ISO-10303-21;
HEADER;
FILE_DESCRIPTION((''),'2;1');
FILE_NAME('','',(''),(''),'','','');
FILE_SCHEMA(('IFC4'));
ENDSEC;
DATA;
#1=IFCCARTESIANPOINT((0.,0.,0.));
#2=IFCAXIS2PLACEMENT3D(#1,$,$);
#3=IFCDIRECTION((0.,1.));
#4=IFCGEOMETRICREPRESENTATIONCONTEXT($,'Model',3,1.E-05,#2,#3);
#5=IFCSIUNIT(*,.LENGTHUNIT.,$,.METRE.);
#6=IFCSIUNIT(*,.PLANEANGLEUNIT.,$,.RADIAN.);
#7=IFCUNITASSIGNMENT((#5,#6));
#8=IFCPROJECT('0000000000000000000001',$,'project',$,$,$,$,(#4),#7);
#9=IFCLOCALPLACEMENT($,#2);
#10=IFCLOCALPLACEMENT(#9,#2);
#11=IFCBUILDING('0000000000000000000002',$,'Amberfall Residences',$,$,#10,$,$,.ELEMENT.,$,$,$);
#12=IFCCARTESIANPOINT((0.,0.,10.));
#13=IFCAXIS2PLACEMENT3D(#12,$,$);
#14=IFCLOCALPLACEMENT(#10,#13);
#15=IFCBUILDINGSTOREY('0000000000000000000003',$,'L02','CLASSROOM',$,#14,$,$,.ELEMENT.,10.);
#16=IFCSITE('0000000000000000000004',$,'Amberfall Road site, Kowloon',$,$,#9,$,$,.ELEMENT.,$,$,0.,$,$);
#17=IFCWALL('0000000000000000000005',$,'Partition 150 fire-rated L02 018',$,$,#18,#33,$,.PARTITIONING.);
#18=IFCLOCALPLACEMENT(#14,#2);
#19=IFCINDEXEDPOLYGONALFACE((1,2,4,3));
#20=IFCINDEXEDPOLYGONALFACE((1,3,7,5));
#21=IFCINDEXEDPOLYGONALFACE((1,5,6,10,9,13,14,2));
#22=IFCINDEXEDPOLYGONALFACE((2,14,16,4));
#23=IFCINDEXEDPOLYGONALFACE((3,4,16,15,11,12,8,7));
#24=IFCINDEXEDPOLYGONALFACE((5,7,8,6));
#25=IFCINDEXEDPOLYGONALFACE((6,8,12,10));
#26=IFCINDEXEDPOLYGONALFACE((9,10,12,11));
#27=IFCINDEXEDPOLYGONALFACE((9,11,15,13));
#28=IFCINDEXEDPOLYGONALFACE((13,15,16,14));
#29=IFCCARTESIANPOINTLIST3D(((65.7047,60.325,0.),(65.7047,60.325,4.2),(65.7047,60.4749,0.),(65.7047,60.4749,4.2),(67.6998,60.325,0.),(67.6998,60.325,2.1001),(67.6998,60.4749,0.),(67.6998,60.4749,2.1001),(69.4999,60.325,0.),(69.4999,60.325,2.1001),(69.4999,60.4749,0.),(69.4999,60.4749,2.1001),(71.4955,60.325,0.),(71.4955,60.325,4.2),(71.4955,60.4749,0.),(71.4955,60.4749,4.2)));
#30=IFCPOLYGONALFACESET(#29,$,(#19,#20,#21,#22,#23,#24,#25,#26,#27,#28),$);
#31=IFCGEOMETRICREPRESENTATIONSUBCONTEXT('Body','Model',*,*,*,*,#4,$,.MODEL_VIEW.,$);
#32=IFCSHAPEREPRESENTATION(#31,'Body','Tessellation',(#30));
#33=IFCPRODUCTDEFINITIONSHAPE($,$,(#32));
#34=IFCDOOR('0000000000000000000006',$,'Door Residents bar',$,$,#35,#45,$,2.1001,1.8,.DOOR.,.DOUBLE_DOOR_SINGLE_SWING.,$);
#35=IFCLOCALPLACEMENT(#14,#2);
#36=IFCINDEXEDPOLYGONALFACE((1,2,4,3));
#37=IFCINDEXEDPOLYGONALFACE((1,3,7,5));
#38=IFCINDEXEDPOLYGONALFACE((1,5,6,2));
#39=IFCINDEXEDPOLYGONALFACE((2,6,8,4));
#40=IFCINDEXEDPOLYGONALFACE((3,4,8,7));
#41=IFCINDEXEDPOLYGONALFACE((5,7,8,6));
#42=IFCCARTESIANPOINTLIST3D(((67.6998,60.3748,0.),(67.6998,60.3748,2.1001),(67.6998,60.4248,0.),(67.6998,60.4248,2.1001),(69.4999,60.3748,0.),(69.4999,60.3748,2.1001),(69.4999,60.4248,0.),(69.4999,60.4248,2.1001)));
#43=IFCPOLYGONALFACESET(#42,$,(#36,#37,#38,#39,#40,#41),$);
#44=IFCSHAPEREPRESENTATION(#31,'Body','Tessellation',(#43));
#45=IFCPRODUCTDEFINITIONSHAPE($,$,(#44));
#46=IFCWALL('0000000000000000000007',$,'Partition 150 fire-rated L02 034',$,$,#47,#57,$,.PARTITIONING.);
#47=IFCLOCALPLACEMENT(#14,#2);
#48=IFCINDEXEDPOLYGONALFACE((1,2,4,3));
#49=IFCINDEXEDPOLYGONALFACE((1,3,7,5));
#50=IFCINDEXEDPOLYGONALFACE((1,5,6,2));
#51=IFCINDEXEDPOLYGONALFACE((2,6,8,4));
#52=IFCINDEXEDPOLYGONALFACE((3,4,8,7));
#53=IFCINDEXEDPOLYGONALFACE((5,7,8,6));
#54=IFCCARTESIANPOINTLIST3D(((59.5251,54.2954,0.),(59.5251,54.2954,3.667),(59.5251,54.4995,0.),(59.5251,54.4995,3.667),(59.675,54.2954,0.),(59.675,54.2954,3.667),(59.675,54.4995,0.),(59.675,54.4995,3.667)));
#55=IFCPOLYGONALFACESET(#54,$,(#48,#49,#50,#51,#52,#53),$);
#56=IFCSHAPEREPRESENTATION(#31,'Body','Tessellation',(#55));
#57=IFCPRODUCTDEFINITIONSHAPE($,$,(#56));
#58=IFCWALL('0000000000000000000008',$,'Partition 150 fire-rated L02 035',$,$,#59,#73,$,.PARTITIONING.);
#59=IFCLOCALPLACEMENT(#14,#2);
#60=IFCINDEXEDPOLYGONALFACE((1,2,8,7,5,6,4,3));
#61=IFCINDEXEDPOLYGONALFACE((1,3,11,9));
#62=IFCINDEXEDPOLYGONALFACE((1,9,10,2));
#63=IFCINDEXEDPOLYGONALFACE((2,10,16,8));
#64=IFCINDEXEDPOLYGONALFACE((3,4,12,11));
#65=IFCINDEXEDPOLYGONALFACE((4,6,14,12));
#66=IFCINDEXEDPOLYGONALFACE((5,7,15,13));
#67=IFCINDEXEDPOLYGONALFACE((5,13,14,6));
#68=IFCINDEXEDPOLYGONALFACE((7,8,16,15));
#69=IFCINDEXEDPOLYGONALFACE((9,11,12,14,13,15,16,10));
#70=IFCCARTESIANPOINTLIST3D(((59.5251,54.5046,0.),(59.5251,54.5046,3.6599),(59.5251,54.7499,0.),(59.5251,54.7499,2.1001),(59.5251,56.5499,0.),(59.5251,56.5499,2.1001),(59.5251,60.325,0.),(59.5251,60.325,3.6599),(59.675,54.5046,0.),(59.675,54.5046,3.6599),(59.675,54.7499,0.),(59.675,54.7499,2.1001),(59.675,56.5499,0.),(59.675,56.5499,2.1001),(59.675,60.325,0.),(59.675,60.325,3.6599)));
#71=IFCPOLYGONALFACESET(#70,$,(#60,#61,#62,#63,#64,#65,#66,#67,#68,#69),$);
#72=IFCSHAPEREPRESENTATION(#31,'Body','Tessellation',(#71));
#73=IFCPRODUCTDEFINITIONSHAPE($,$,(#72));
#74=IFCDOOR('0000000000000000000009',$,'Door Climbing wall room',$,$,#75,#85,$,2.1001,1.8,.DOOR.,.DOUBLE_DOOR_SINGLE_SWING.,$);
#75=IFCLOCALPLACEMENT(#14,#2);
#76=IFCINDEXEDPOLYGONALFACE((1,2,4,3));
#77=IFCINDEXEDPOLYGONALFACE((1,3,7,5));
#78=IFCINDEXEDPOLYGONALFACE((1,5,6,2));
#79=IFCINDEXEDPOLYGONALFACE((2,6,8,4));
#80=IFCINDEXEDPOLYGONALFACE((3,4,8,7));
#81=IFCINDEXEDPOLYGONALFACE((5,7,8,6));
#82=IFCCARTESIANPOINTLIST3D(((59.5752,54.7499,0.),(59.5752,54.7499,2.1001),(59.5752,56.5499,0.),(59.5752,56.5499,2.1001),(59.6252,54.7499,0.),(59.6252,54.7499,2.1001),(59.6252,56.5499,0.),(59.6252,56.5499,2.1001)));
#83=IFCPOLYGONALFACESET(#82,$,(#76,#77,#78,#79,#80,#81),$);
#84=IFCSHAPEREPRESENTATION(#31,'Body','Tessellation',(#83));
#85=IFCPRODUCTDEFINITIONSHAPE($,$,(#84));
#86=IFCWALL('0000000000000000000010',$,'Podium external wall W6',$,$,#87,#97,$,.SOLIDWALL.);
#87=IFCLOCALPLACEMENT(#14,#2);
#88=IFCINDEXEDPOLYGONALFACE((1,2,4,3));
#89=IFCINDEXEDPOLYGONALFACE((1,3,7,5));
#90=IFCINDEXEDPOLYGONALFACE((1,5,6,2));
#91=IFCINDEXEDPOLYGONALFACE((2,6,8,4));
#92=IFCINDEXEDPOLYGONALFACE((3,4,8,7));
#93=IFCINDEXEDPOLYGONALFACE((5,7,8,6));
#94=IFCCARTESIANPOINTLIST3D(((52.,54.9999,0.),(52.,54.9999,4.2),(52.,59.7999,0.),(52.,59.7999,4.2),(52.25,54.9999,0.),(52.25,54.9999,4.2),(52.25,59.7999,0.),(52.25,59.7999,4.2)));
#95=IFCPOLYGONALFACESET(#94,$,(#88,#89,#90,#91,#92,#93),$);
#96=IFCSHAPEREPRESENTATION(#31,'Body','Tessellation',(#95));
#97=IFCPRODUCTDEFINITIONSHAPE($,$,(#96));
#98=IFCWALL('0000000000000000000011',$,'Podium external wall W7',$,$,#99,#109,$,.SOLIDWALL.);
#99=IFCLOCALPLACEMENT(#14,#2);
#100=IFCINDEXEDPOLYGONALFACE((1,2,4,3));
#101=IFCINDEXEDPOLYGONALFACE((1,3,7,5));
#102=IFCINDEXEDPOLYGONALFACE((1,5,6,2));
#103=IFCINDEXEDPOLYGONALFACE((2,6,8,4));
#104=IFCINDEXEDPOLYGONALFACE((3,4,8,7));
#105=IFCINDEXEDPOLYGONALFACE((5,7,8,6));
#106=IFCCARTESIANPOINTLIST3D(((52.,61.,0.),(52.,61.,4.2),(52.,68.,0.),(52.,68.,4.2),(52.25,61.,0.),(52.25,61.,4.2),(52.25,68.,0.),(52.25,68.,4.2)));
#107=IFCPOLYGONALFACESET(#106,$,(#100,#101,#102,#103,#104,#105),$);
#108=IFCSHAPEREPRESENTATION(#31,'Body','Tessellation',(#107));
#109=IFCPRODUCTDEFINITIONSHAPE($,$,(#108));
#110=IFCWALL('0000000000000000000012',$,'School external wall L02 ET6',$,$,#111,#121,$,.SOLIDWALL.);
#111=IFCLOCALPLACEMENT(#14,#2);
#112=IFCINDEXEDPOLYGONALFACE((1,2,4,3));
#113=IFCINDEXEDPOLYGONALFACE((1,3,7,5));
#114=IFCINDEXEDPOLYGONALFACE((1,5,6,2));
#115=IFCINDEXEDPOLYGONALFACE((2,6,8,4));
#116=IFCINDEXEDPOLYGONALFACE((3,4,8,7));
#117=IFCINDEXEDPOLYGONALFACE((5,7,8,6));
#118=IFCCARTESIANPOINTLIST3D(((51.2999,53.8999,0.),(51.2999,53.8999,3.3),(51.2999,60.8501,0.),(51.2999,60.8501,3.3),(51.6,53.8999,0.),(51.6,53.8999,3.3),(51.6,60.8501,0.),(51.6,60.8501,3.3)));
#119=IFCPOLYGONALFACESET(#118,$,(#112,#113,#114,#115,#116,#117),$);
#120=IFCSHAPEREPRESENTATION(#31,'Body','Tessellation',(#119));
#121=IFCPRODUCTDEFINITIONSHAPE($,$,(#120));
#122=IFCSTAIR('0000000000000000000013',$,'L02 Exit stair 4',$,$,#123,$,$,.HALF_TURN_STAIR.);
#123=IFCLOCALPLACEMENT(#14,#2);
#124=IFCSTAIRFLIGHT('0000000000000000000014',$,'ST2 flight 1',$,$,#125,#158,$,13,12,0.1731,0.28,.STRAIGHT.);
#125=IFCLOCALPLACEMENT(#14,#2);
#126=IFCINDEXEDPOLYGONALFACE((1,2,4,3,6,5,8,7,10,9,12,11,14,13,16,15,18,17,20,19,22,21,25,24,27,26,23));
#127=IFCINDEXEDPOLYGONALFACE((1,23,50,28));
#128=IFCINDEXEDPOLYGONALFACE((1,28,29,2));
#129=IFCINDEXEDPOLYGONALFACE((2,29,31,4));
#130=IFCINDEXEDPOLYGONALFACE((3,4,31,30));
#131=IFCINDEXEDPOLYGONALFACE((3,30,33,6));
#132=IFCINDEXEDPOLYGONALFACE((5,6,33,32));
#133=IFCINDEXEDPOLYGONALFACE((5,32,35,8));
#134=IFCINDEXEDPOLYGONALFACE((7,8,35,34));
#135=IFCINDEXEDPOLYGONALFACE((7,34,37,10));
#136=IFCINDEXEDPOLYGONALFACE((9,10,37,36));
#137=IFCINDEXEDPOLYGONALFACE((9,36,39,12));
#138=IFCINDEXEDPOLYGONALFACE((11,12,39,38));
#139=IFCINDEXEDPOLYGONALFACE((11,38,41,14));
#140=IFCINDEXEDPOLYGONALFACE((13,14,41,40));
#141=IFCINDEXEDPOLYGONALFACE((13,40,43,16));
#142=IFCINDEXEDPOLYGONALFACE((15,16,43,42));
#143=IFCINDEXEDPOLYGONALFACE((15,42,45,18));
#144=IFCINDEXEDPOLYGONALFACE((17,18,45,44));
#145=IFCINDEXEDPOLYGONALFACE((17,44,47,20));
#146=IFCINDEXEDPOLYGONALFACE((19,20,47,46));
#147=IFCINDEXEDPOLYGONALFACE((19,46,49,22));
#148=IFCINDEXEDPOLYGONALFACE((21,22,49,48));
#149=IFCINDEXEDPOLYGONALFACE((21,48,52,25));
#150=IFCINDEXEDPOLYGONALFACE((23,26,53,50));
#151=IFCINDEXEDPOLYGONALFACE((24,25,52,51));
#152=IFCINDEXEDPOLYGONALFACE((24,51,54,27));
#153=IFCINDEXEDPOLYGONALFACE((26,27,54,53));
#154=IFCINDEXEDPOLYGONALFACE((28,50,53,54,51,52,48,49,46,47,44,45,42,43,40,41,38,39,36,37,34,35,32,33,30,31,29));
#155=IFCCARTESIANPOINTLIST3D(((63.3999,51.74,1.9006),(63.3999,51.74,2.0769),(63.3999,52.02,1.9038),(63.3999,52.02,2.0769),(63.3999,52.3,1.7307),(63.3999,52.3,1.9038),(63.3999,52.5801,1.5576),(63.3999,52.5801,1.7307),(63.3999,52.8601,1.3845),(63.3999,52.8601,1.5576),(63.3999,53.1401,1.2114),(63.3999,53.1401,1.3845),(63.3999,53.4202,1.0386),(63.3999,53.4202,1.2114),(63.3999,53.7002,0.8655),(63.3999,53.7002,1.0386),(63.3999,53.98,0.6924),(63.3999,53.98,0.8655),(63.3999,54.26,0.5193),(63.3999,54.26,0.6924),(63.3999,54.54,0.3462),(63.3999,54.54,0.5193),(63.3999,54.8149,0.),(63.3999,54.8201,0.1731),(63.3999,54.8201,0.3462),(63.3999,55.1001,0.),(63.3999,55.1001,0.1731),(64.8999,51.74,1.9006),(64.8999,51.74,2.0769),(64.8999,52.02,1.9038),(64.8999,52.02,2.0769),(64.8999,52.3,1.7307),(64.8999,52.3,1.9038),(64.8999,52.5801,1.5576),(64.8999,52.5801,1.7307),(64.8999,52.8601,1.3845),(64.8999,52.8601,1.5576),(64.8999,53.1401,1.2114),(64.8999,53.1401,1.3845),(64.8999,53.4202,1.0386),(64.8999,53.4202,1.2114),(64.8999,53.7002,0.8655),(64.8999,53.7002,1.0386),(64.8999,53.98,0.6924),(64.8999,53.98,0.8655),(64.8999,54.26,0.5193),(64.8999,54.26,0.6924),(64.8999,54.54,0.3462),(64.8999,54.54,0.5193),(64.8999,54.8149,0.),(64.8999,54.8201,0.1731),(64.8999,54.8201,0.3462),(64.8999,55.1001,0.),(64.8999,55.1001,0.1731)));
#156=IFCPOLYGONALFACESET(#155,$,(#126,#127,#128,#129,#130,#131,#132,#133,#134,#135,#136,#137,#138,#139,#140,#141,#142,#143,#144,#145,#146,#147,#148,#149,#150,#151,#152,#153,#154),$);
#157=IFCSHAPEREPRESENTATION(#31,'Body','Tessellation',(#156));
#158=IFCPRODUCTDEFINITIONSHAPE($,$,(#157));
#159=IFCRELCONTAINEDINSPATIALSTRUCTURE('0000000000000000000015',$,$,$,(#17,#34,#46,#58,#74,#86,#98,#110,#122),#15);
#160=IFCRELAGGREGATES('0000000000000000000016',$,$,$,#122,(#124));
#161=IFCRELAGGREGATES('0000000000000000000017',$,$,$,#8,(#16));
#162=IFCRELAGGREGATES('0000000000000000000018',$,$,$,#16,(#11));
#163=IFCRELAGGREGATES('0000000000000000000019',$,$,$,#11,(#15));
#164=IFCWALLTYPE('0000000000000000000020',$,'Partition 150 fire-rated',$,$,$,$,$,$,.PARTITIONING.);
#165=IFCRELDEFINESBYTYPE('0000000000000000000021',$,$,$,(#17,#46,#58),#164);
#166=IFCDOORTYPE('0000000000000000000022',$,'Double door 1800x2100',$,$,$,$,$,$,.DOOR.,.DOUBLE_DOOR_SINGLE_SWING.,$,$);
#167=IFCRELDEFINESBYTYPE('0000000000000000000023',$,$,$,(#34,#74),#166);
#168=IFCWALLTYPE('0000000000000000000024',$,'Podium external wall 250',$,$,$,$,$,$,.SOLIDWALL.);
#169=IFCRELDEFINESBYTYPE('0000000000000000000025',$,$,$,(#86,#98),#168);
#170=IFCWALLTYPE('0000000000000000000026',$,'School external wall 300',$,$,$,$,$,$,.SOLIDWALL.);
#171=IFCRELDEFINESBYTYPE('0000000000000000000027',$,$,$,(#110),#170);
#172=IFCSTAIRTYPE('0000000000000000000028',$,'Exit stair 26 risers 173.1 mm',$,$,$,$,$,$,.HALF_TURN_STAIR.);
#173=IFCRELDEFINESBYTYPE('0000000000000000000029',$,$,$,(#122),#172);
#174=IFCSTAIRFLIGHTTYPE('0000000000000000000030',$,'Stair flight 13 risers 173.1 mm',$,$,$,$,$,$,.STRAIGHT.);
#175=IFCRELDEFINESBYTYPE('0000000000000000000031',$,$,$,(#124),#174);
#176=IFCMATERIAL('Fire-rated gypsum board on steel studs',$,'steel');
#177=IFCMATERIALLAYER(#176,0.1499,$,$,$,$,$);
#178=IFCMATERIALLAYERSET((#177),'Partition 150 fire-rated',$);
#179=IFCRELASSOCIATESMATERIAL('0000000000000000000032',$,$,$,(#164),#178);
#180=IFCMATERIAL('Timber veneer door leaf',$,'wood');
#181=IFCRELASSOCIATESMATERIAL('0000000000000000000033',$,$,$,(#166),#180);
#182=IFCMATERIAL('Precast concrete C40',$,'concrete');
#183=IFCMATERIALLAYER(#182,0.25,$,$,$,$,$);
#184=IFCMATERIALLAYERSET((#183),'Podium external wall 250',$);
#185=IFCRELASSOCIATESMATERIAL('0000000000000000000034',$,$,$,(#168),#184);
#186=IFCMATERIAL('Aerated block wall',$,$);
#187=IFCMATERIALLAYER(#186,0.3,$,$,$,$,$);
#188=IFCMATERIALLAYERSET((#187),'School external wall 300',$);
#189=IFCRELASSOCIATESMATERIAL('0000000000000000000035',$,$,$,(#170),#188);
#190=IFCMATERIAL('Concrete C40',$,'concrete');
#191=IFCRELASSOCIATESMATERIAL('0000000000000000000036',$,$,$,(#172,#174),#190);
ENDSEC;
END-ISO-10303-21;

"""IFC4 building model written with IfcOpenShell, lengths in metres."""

from ifc_helpers import new_model, si_unit, direction, frame, frame_2d, origin, place, context, subcontext, project, spatial, polyline, rectangle, outline, extrude, material, layer, layer_set, type_object, element, fill, aggregate, save


model = new_model("IFC4")

# Units and contexts
model_context = context("Model", 3, precision=1e-05, world=origin(), true_north=direction((0.0, 1.0)))
body_context = subcontext(model_context, "Body", "Model", "MODEL_VIEW")
ifc_project = project(units=[si_unit("LENGTHUNIT", "METRE"), si_unit("PLANEANGLEUNIT", "RADIAN")], contexts=[model_context])

# Site, building, storey
site_placement = place(None, origin())
site = spatial("IfcSite", under=ifc_project, at=site_placement, Name="Amberfall Road site, Kowloon", CompositionType="ELEMENT", RefElevation=0.0)
building_placement = place(site_placement, origin())
building = spatial("IfcBuilding", under=site, at=building_placement, Name="Amberfall Residences", CompositionType="ELEMENT")
storey_placement = place(building_placement, frame((0.0, 0.0, 10.0)))
storey = spatial("IfcBuildingStorey", under=building, at=storey_placement, Name="L02", Description="CLASSROOM", CompositionType="ELEMENT", Elevation=10.0)

# Shared definitions
ifc_material_1 = material(Name="Fire-rated gypsum board on steel studs", Category="steel")
ifc_layer_1 = layer(ifc_material_1, 0.1499)
ifc_layer_set_1 = layer_set([ifc_layer_1], Name="Partition 150 fire-rated")
wall_type_1 = type_object("IfcWallType", Name="Partition 150 fire-rated", PredefinedType="PARTITIONING", material=ifc_layer_set_1)

# Wall, opening, door
wall_1_placement = place(storey_placement, frame((65.7046, 60.3999, 0.0), z_axis=(0.0, 0.0, 1.0), x_axis=(1.0, 0.0, 0.0)))
wall_1 = element("IfcWall", 1, at=wall_1_placement, inside=storey, type_object=wall_type_1, Name="Partition 150 fire-rated L02 018", PredefinedType="PARTITIONING", context=body_context, shape_type="SweptSolid", body=[
    extrude(rectangle(XDim=5.7908, YDim=0.1499, at=frame_2d((2.8955, 0.0))), origin(), (0.0, 0.0, 1.0), 4.2),
])
opening_1_placement = place(wall_1_placement, frame((1.9954, 0.0, 0.0)))
opening_1 = element("IfcOpeningElement", 2, at=opening_1_placement, cuts=wall_1, PredefinedType="OPENING", context=body_context, shape_type="SweptSolid", body=[
    extrude(rectangle(XDim=1.8, YDim=2.1001, at=frame_2d((0.8999, 1.05))), frame((0.0, 0.085, 0.0), z_axis=(0.0, -1.0, 0.0), x_axis=(1.0, 0.0, 0.0)), (0.0, 0.0, 1.0), 0.1699),
])
ifc_material_2 = material(Name="Timber veneer door leaf", Category="wood")
door_type_1 = type_object("IfcDoorType", Name="Double door 1800x2100", OperationType="DOUBLE_DOOR_SINGLE_SWING", PredefinedType="DOOR", material=ifc_material_2)
door_1_placement = place(opening_1_placement, origin())
door_1 = element("IfcDoor", 3, at=door_1_placement, inside=storey, type_object=door_type_1, Name="Door Residents bar", OperationType="DOUBLE_DOOR_SINGLE_SWING", OverallHeight=2.1001, OverallWidth=1.8, PredefinedType="DOOR", context=body_context, shape_type="SweptSolid", body=[
    extrude(rectangle(XDim=1.8, YDim=2.1001, at=frame_2d((0.8999, 1.05))), frame((0.0, 0.0249, 0.0), z_axis=(0.0, -1.0, 0.0), x_axis=(1.0, 0.0, 0.0)), (0.0, 0.0, 1.0), 0.05),
])
fill(opening_1, door_1)

# Wall
wall_2_placement = place(storey_placement, frame((59.6001, 54.2954, 0.0), z_axis=(0.0, 0.0, 1.0), x_axis=(0.0, 1.0, 0.0)))
element("IfcWall", 4, at=wall_2_placement, inside=storey, type_object=wall_type_1, Name="Partition 150 fire-rated L02 034", PredefinedType="PARTITIONING", context=body_context, shape_type="SweptSolid", body=[
    extrude(rectangle(XDim=0.2041, YDim=0.1499, at=frame_2d((0.1021, 0.0))), origin(), (0.0, 0.0, 1.0), 3.667),
])

# Wall, opening, door
wall_3_placement = place(storey_placement, frame((59.6001, 54.5046, 0.0), z_axis=(0.0, 0.0, 1.0), x_axis=(0.0, 1.0, 0.0)))
wall_3 = element("IfcWall", 5, at=wall_3_placement, inside=storey, type_object=wall_type_1, Name="Partition 150 fire-rated L02 035", PredefinedType="PARTITIONING", context=body_context, shape_type="SweptSolid", body=[
    extrude(rectangle(XDim=5.8203, YDim=0.1499, at=frame_2d((2.9102, 0.0))), origin(), (0.0, 0.0, 1.0), 3.6599),
])
opening_2_placement = place(wall_3_placement, frame((0.2454, 0.0, 0.0)))
opening_2 = element("IfcOpeningElement", 6, at=opening_2_placement, cuts=wall_3, PredefinedType="OPENING", context=body_context, shape_type="SweptSolid", body=[
    extrude(rectangle(XDim=1.8, YDim=2.1001, at=frame_2d((0.8999, 1.05))), frame((0.0, 0.085, 0.0), z_axis=(0.0, -1.0, 0.0), x_axis=(1.0, 0.0, 0.0)), (0.0, 0.0, 1.0), 0.1699),
])
door_2_placement = place(opening_2_placement, origin())
door_2 = element("IfcDoor", 7, at=door_2_placement, inside=storey, type_object=door_type_1, Name="Door Climbing wall room", OperationType="DOUBLE_DOOR_SINGLE_SWING", OverallHeight=2.1001, OverallWidth=1.8, PredefinedType="DOOR", context=body_context, shape_type="SweptSolid", body=[
    extrude(rectangle(XDim=1.8, YDim=2.1001, at=frame_2d((0.8999, 1.05))), frame((0.0, 0.0249, 0.0), z_axis=(0.0, -1.0, 0.0), x_axis=(1.0, 0.0, 0.0)), (0.0, 0.0, 1.0), 0.05),
])
fill(opening_2, door_2)

# Walls
ifc_material_3 = material(Name="Precast concrete C40", Category="concrete")
ifc_layer_2 = layer(ifc_material_3, 0.25)
ifc_layer_set_2 = layer_set([ifc_layer_2], Name="Podium external wall 250")
wall_type_2 = type_object("IfcWallType", Name="Podium external wall 250", PredefinedType="SOLIDWALL", material=ifc_layer_set_2)
wall_4_placement = place(storey_placement, frame((52.125, 55.0, 0.0), z_axis=(0.0, 0.0, 1.0), x_axis=(0.0, 1.0, 0.0)))
element("IfcWall", 8, at=wall_4_placement, inside=storey, type_object=wall_type_2, Name="Podium external wall W6", PredefinedType="SOLIDWALL", context=body_context, shape_type="SweptSolid", body=[
    extrude(rectangle(XDim=4.8, YDim=0.25, at=frame_2d((2.3999, 0.0))), origin(), (0.0, 0.0, 1.0), 4.2),
])
wall_5_placement = place(storey_placement, frame((52.125, 61.0, 0.0), z_axis=(0.0, 0.0, 1.0), x_axis=(0.0, 1.0, 0.0)))
element("IfcWall", 9, at=wall_5_placement, inside=storey, type_object=wall_type_2, Name="Podium external wall W7", PredefinedType="SOLIDWALL", context=body_context, shape_type="SweptSolid", body=[
    extrude(rectangle(XDim=7.0, YDim=0.25, at=frame_2d((3.5, 0.0))), origin(), (0.0, 0.0, 1.0), 4.2),
])
ifc_material_4 = material(Name="Aerated block wall")
ifc_layer_3 = layer(ifc_material_4, 0.3)
ifc_layer_set_3 = layer_set([ifc_layer_3], Name="School external wall 300")
wall_type_3 = type_object("IfcWallType", Name="School external wall 300", PredefinedType="SOLIDWALL", material=ifc_layer_set_3)
wall_6_placement = place(storey_placement, frame((51.45, 53.8999, 0.0), z_axis=(0.0, 0.0, 1.0), x_axis=(0.0, 1.0, 0.0)))
element("IfcWall", 10, at=wall_6_placement, inside=storey, type_object=wall_type_3, Name="School external wall L02 ET6", PredefinedType="SOLIDWALL", context=body_context, shape_type="SweptSolid", body=[
    extrude(rectangle(XDim=6.9502, YDim=0.3, at=frame_2d((3.4751, 0.0))), origin(), (0.0, 0.0, 1.0), 3.3),
])

# Stair, stair flight
ifc_material_5 = material(Name="Concrete C40", Category="concrete")
stair_type = type_object("IfcStairType", Name="Exit stair 26 risers 173.1 mm", PredefinedType="HALF_TURN_STAIR", material=ifc_material_5)
stair_placement = place(storey_placement, origin())
stair = element("IfcStair", 11, at=stair_placement, inside=storey, type_object=stair_type, Name="L02 Exit stair 4", PredefinedType="HALF_TURN_STAIR")
stair_flight_type = type_object("IfcStairFlightType", Name="Stair flight 13 risers 173.1 mm", PredefinedType="STRAIGHT", material=ifc_material_5)
stair_flight_placement = place(storey_placement, frame((64.1499, 55.1001, 0.0), z_axis=(0.0, 0.0, 1.0), x_axis=(0.0, -1.0, 0.0)))
stair_flight = element("IfcStairFlight", 12, at=stair_flight_placement, type_object=stair_flight_type, Name="ST2 flight 1", NumberOfRisers=13, NumberOfTreads=12, PredefinedType="STRAIGHT", RiserHeight=0.1731, TreadLength=0.28, context=body_context, shape_type="SweptSolid", body=[
    extrude(outline(polyline([(0.0, 0.0), (0.0, 0.1731), (0.28, 0.1731), (0.28, 0.3462), (0.5601, 0.3462), (0.5601, 0.5193), (0.8401, 0.5193), (0.8401, 0.6924), (1.1201, 0.6924), (1.1201, 0.8655), (1.3999, 0.8655), (1.3999, 1.0386), (1.6799, 1.0386), (1.6799, 1.2114), (1.96, 1.2114), (1.96, 1.3845), (2.24, 1.3845), (2.24, 1.5576), (2.52, 1.5576), (2.52, 1.7307), (2.8, 1.7307), (2.8, 1.9038), (3.0801, 1.9038), (3.0801, 2.0769), (3.3601, 2.0769), (3.3601, 2.25), (3.3601, 1.9006), (0.2852, 0.0), (0.0, 0.0)])), frame((0.0, 0.75, 0.0), z_axis=(0.0, -1.0, 0.0), x_axis=(1.0, 0.0, 0.0)), (0.0, 0.0, 1.0), 1.5),
])
aggregate(stair, [stair_flight])

save(model, "model.ifc")
